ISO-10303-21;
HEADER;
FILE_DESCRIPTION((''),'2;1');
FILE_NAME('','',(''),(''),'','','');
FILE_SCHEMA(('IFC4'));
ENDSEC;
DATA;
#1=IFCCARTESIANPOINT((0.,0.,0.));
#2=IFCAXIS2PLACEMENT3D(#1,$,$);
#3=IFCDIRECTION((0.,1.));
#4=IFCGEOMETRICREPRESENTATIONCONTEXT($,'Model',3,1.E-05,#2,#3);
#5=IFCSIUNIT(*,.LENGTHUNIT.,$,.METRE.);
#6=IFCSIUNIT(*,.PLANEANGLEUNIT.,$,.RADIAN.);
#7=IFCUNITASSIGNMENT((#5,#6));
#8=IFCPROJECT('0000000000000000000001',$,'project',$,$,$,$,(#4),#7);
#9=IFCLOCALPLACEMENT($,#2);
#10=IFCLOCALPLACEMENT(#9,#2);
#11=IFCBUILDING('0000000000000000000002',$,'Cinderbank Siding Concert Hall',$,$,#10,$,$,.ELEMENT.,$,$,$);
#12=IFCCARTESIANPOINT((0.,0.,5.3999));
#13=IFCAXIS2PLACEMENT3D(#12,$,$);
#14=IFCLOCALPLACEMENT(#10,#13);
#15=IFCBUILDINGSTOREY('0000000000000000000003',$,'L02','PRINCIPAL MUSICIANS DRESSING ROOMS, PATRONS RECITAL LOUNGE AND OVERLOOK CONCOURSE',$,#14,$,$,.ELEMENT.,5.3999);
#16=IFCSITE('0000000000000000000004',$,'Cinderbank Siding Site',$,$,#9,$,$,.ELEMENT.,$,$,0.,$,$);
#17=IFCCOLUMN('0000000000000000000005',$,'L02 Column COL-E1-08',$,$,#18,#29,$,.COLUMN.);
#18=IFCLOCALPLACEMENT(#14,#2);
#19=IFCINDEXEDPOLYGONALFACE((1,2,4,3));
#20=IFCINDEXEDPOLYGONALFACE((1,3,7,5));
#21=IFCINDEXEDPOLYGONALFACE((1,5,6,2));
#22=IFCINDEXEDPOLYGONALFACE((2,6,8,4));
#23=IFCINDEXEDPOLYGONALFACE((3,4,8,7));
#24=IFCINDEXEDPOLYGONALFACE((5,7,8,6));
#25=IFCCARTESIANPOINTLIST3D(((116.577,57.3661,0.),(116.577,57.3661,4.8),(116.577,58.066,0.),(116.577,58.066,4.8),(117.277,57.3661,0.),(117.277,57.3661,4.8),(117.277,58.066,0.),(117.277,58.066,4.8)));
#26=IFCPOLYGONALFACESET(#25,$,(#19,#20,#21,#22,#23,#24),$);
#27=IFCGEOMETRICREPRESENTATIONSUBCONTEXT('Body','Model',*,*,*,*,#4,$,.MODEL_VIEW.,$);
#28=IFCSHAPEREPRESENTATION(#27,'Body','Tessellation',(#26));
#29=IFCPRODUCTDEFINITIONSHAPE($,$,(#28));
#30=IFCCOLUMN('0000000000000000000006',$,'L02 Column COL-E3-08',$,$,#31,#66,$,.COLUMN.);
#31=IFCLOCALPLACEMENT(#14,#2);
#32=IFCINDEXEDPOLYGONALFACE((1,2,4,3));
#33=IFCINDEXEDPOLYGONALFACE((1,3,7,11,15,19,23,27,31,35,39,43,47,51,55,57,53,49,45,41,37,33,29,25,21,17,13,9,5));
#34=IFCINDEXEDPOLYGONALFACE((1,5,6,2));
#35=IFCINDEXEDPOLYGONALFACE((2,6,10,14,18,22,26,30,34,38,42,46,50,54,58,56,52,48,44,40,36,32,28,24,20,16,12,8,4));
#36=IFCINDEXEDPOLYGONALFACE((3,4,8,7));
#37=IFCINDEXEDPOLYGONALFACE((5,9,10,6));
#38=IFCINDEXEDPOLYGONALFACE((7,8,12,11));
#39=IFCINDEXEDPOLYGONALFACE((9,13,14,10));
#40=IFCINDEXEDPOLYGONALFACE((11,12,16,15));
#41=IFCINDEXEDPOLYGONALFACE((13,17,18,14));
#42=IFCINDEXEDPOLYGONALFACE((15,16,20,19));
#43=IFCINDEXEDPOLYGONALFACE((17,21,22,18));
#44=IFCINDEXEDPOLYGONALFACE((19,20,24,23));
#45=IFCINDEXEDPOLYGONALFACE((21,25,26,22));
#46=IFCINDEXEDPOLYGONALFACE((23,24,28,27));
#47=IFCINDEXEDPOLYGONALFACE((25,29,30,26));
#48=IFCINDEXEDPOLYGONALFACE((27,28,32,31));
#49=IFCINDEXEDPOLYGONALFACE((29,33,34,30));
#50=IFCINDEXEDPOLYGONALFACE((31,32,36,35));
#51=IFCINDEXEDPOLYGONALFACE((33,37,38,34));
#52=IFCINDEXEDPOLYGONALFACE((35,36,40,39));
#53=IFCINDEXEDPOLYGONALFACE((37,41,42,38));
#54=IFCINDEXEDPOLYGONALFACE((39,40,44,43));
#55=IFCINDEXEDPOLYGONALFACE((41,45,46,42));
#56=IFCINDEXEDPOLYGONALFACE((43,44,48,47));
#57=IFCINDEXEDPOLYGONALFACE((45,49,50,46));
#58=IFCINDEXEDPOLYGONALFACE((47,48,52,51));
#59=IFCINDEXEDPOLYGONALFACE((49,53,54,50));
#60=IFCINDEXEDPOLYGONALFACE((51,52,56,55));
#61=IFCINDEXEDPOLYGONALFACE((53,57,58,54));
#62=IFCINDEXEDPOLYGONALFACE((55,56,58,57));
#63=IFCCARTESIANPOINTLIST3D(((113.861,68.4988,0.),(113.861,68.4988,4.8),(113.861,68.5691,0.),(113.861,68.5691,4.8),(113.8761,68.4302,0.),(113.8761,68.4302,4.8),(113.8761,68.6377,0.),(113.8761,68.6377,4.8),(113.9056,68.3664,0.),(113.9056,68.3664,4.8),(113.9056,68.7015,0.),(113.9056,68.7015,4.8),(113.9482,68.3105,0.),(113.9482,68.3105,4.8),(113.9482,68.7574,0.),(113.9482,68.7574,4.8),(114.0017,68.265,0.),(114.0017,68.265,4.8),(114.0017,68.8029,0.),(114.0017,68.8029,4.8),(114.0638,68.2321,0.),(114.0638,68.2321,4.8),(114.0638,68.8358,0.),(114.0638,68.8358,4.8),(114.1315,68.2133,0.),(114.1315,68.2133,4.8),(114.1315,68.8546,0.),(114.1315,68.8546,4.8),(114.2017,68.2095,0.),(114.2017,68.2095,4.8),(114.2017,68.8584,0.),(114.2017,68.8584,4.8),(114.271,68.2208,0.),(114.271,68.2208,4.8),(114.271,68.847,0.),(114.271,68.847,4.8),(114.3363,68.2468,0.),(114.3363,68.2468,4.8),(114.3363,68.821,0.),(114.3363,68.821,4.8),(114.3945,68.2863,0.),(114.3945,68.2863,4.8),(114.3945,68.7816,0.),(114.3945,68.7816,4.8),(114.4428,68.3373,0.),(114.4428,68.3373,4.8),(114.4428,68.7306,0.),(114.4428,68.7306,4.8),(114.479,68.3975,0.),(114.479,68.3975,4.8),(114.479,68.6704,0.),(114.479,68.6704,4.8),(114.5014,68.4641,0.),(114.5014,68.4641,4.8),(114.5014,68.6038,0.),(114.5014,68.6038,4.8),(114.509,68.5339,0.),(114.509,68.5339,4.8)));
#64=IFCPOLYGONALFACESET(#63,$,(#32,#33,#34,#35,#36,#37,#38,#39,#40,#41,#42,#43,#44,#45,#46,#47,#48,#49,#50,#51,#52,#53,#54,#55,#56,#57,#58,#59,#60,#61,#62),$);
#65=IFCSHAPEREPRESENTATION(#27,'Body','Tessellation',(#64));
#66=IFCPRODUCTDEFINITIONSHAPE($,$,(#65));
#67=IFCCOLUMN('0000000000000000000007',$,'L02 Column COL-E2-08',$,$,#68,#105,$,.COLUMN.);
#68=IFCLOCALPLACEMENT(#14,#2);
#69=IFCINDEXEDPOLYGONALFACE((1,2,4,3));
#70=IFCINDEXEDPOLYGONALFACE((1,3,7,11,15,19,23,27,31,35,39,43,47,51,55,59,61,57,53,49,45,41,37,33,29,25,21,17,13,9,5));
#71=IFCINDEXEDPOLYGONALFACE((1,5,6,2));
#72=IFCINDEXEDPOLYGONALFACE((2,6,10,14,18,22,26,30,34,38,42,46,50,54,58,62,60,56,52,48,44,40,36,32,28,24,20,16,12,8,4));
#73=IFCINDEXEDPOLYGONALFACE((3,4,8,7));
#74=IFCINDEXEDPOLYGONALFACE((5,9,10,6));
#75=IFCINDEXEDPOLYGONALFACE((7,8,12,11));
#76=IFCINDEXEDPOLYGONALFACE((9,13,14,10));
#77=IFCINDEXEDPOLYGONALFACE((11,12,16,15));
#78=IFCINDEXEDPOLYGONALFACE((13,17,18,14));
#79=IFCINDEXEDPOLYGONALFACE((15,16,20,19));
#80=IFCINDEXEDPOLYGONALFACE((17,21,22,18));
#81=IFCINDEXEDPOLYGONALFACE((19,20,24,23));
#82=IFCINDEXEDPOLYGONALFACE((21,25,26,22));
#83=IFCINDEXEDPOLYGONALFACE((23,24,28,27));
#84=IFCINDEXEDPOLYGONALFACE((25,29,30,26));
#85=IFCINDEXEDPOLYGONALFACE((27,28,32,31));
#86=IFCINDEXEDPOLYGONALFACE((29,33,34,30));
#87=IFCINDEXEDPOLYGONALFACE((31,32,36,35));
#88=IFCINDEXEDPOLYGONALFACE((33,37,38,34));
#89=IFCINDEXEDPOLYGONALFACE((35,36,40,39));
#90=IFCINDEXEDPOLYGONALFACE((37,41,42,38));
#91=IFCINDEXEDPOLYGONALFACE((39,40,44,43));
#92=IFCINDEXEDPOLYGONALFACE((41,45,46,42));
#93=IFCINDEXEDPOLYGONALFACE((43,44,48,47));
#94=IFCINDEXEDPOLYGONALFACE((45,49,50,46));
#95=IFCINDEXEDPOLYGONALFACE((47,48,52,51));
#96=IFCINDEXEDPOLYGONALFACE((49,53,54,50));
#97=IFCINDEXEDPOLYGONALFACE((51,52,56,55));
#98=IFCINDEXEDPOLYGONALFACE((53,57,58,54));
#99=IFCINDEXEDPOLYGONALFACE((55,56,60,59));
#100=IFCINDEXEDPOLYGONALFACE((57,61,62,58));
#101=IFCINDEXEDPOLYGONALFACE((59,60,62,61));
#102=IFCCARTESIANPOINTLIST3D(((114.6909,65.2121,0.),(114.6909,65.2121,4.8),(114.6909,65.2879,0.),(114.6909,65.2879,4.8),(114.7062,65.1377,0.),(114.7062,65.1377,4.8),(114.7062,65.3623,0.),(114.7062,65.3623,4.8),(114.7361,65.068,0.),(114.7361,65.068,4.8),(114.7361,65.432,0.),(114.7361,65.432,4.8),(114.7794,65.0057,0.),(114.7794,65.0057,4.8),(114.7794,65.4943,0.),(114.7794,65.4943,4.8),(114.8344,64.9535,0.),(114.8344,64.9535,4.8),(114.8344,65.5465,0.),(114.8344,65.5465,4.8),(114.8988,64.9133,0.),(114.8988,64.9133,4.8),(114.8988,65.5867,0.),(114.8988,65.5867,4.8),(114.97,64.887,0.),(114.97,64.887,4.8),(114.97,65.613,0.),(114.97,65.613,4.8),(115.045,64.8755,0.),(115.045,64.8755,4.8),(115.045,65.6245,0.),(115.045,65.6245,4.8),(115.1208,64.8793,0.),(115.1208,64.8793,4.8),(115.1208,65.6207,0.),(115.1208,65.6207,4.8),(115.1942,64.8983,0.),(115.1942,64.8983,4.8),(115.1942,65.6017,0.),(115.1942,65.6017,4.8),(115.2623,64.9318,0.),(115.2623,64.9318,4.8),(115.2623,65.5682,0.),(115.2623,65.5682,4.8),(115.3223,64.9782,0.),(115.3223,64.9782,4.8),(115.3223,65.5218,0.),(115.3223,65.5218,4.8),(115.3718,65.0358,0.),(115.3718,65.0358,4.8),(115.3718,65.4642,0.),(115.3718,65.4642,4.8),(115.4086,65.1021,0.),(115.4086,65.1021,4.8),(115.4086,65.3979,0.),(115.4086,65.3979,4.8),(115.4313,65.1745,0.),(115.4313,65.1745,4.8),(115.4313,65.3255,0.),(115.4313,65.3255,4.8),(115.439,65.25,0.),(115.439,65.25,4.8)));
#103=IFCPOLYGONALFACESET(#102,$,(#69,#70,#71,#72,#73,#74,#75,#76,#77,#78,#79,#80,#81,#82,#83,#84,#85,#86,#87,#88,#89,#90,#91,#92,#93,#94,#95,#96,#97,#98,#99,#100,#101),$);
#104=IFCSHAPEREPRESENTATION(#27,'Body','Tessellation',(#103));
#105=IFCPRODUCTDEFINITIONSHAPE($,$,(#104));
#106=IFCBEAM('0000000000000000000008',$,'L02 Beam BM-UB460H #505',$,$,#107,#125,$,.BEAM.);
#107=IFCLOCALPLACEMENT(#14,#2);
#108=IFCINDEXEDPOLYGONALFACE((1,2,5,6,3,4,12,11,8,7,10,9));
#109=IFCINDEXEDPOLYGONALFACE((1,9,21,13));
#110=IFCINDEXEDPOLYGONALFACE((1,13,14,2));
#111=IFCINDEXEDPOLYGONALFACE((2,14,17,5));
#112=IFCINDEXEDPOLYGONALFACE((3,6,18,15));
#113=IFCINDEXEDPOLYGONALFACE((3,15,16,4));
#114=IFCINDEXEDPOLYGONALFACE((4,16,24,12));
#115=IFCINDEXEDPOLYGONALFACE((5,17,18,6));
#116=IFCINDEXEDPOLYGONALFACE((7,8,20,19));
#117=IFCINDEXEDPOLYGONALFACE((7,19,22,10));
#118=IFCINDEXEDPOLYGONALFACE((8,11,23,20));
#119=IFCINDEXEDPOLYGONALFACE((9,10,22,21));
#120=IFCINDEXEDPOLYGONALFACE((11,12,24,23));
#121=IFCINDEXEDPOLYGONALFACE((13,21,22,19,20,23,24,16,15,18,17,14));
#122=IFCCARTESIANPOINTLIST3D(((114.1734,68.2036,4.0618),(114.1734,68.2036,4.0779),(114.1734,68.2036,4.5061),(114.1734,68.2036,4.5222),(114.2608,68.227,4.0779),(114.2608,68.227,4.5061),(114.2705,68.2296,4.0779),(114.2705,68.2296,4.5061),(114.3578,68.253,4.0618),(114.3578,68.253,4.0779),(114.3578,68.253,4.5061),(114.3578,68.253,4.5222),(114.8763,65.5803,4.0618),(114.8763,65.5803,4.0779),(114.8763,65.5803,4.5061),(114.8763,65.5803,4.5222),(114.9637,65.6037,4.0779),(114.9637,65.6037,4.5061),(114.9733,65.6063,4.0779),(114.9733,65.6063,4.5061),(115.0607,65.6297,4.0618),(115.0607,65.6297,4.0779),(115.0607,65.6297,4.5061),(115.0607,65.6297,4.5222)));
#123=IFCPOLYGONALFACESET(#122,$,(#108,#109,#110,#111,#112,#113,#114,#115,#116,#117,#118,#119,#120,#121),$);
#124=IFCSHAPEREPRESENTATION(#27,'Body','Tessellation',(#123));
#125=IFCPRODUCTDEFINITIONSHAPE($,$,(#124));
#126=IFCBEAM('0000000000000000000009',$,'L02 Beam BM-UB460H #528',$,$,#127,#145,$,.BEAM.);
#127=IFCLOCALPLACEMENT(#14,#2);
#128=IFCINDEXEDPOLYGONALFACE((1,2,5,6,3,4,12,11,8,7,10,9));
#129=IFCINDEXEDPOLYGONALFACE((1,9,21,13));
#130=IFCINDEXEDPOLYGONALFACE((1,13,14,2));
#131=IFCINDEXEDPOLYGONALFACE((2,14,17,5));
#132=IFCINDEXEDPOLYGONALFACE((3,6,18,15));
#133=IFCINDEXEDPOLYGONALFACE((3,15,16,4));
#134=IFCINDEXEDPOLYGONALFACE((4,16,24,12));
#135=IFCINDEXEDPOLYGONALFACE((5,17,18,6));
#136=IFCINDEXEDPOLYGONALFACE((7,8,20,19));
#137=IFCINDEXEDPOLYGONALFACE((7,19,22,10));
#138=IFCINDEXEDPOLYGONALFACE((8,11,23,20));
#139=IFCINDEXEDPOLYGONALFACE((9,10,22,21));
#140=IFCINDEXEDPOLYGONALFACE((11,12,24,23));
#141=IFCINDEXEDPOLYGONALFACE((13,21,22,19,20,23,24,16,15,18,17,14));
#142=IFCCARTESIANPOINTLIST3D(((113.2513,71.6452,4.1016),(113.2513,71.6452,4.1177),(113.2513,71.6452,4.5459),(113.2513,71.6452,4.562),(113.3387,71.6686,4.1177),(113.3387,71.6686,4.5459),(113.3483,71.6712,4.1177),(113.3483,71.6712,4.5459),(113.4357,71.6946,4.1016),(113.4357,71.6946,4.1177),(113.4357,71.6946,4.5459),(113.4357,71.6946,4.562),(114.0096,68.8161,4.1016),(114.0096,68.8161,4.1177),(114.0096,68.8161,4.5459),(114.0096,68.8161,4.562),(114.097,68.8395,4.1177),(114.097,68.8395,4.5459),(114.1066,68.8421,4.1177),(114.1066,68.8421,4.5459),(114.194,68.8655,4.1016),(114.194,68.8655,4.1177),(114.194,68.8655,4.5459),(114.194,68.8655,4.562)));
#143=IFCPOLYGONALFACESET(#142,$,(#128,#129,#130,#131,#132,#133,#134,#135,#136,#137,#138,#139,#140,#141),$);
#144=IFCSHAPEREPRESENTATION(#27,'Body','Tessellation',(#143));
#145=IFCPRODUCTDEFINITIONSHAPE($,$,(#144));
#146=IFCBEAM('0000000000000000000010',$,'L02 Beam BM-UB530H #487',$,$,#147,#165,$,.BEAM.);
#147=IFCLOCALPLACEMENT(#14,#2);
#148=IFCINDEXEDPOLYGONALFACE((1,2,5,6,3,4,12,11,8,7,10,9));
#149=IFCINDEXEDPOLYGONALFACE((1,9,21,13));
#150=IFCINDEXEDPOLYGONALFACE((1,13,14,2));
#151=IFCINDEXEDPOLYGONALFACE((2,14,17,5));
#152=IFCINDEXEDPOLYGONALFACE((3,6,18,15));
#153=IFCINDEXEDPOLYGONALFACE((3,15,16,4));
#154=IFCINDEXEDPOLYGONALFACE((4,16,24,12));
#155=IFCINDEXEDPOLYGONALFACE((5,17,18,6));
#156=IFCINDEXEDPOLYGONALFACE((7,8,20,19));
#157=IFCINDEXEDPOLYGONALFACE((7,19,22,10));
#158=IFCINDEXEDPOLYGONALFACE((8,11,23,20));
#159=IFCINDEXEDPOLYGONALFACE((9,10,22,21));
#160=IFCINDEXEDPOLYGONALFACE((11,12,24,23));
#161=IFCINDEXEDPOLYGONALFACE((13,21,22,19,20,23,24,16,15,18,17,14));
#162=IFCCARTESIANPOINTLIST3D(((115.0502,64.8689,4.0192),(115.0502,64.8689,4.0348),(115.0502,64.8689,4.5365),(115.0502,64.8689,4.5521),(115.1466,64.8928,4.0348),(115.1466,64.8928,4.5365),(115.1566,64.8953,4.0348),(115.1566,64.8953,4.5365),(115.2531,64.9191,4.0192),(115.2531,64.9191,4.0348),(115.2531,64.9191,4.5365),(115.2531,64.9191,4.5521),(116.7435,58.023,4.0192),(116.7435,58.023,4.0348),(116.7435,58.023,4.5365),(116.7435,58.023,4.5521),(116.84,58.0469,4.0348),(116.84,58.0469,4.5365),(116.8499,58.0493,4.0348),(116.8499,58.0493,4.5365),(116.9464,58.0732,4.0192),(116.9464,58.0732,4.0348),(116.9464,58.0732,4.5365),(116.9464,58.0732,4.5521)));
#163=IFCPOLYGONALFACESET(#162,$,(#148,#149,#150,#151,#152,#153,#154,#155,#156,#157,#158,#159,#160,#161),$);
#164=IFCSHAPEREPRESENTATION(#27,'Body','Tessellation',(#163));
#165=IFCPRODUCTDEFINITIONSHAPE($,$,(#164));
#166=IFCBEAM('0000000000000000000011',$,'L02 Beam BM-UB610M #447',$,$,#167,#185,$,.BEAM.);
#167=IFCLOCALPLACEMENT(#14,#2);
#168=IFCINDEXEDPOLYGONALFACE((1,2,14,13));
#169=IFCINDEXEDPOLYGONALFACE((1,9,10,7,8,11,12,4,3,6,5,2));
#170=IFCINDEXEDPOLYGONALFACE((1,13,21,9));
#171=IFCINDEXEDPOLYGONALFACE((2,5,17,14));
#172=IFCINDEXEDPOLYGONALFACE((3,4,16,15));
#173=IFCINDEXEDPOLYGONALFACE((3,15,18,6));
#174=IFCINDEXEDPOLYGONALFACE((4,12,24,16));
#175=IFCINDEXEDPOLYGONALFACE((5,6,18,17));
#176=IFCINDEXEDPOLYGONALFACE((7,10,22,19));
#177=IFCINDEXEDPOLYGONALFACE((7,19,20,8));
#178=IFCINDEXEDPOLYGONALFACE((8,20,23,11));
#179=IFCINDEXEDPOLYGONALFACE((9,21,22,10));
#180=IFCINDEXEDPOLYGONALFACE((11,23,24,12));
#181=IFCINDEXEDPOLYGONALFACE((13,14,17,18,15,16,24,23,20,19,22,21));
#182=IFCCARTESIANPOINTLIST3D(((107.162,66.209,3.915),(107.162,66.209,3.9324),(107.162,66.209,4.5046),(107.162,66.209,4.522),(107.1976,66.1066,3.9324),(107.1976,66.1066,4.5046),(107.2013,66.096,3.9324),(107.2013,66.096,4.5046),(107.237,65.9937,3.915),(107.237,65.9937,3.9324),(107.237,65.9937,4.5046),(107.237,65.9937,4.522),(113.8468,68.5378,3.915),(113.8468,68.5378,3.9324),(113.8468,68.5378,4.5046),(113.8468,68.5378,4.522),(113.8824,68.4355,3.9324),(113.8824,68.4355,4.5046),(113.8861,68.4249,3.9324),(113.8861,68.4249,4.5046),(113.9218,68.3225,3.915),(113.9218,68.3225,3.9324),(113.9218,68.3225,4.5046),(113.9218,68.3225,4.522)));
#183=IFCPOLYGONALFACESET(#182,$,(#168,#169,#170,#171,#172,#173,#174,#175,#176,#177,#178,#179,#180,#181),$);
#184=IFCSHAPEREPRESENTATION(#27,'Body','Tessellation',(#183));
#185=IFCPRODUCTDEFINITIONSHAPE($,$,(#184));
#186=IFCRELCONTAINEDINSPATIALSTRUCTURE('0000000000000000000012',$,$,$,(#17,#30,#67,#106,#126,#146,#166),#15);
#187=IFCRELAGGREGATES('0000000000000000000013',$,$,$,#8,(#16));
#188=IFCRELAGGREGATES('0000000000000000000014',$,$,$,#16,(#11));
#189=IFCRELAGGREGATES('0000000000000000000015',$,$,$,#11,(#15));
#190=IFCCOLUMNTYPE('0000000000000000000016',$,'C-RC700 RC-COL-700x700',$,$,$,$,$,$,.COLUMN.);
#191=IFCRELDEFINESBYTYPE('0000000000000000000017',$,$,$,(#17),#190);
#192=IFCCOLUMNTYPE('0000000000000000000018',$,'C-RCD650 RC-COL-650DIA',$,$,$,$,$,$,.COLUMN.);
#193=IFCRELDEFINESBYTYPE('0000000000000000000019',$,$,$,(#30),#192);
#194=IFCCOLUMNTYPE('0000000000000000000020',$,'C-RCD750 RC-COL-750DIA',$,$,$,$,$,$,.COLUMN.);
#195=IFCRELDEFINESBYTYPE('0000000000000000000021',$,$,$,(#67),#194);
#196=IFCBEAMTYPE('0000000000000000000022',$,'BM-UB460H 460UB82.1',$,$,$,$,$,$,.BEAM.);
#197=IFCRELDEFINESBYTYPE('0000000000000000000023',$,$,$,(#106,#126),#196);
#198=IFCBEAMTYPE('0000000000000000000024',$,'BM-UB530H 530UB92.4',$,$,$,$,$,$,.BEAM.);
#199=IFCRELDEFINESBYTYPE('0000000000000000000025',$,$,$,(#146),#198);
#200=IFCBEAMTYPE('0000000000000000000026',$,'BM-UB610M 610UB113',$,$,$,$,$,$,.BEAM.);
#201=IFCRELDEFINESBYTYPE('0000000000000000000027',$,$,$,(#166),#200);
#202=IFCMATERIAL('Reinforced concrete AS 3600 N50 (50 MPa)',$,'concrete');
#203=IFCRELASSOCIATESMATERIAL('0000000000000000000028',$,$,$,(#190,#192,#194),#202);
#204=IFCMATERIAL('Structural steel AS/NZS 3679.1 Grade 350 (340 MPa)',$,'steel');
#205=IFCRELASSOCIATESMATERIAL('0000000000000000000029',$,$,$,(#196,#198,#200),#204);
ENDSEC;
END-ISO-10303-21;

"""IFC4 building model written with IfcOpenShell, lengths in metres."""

from ifc_helpers import new_model, si_unit, direction, frame, origin, origin_2d, place, context, subcontext, project, spatial, rectangle, circle, i_section, extrude, material, material_profile, profile_set, type_object, element, save


model = new_model("IFC4")

# Units and contexts
model_context = context("Model", 3, precision=1e-05, world=origin(), true_north=direction((0.0, 1.0)))
body_context = subcontext(model_context, "Body", "Model", "MODEL_VIEW")
ifc_project = project(units=[si_unit("LENGTHUNIT", "METRE"), si_unit("PLANEANGLEUNIT", "RADIAN")], contexts=[model_context])

# Site, building, storey
site_placement = place(None, origin())
site = spatial("IfcSite", under=ifc_project, at=site_placement, Name="Cinderbank Siding Site", CompositionType="ELEMENT", RefElevation=0.0)
building_placement = place(site_placement, origin())
building = spatial("IfcBuilding", under=site, at=building_placement, Name="Cinderbank Siding Concert Hall", CompositionType="ELEMENT")
storey_placement = place(building_placement, frame((0.0, 0.0, 5.3999)))
storey = spatial("IfcBuildingStorey", under=building, at=storey_placement, Name="L02", Description="PRINCIPAL MUSICIANS DRESSING ROOMS, PATRONS RECITAL LOUNGE AND OVERLOOK CONCOURSE", CompositionType="ELEMENT", Elevation=5.3999)

# Columns
ifc_material_1 = material(Name="Reinforced concrete AS 3600 N50 (50 MPa)", Category="concrete")
ifc_material_profile_1 = material_profile(ifc_material_1, rectangle(XDim=0.7, YDim=0.7, at=origin_2d()), Name="RC-COL-700x700", Category="LoadBearing")
ifc_profile_set_1 = profile_set([ifc_material_profile_1], Name="Reinforced concrete AS 3600 N50 (50 MPa)")
column_type_1 = type_object("IfcColumnType", Name="C-RC700 RC-COL-700x700", PredefinedType="COLUMN", material=ifc_profile_set_1)
column_1_placement = place(storey_placement, frame((116.927, 57.7161, 0.0), z_axis=(0.0, 0.0, 1.0), x_axis=(1.0, 0.0, 0.0)))
element("IfcColumn", 1, at=column_1_placement, inside=storey, type_object=column_type_1, Name="L02 Column COL-E1-08", PredefinedType="COLUMN", context=body_context, shape_type="SweptSolid", body=[
    extrude(rectangle(XDim=0.7, YDim=0.7, at=origin_2d()), origin(), (0.0, 0.0, 1.0), 4.8),
])
ifc_material_profile_2 = material_profile(ifc_material_1, circle(Radius=0.325, at=origin_2d()), Name="RC-COL-650DIA", Category="LoadBearing")
ifc_profile_set_2 = profile_set([ifc_material_profile_2], Name="Reinforced concrete AS 3600 N50 (50 MPa)")
column_type_2 = type_object("IfcColumnType", Name="C-RCD650 RC-COL-650DIA", PredefinedType="COLUMN", material=ifc_profile_set_2)
column_2_placement = place(storey_placement, frame((114.1841, 68.5339, 0.0), z_axis=(0.0, 0.0, 1.0), x_axis=(1.0, 0.0, 0.0)))
element("IfcColumn", 2, at=column_2_placement, inside=storey, type_object=column_type_2, Name="L02 Column COL-E3-08", PredefinedType="COLUMN", context=body_context, shape_type="SweptSolid", body=[
    extrude(circle(Radius=0.325, at=origin_2d()), origin(), (0.0, 0.0, 1.0), 4.8),
])
ifc_material_profile_3 = material_profile(ifc_material_1, circle(Radius=0.375, at=origin_2d()), Name="RC-COL-750DIA", Category="LoadBearing")
ifc_profile_set_3 = profile_set([ifc_material_profile_3], Name="Reinforced concrete AS 3600 N50 (50 MPa)")
column_type_3 = type_object("IfcColumnType", Name="C-RCD750 RC-COL-750DIA", PredefinedType="COLUMN", material=ifc_profile_set_3)
column_3_placement = place(storey_placement, frame((115.064, 65.25, 0.0), z_axis=(0.0, 0.0, 1.0), x_axis=(1.0, 0.0, 0.0)))
element("IfcColumn", 3, at=column_3_placement, inside=storey, type_object=column_type_3, Name="L02 Column COL-E2-08", PredefinedType="COLUMN", context=body_context, shape_type="SweptSolid", body=[
    extrude(circle(Radius=0.375, at=origin_2d()), origin(), (0.0, 0.0, 1.0), 4.8),
])

# Beams
ifc_material_2 = material(Name="Structural steel AS/NZS 3679.1 Grade 350 (340 MPa)", Category="steel")
ifc_material_profile_4 = material_profile(ifc_material_2, i_section(OverallWidth=0.1909, OverallDepth=0.4604, WebThickness=0.01, FlangeThickness=0.0161, at=origin_2d()), Name="460UB82.1", Category="LoadBearing")
ifc_profile_set_4 = profile_set([ifc_material_profile_4], Name="Structural steel AS/NZS 3679.1 Grade 350 (340 MPa)")
beam_type_1 = type_object("IfcBeamType", Name="BM-UB460H 460UB82.1", PredefinedType="BEAM", material=ifc_profile_set_4)
beam_1_placement = place(storey_placement, frame((114.9685, 65.605, 4.292), z_axis=(-0.258809, 0.965928, 0.0), x_axis=(-0.965928, -0.258809, 0.0)))
element("IfcBeam", 4, at=beam_1_placement, inside=storey, type_object=beam_type_1, Name="L02 Beam BM-UB460H #505", PredefinedType="BEAM", context=body_context, shape_type="SweptSolid", body=[
    extrude(i_section(OverallWidth=0.1909, OverallDepth=0.4604, WebThickness=0.01, FlangeThickness=0.0161, at=origin_2d()), origin(), (0.0, 0.0, 1.0), 2.7158),
])
beam_2_placement = place(storey_placement, frame((114.1018, 68.8408, 4.3318), z_axis=(-0.258897, 0.965905, 0.0), x_axis=(-0.965905, -0.258897, 0.0)))
element("IfcBeam", 5, at=beam_2_placement, inside=storey, type_object=beam_type_1, Name="L02 Beam BM-UB460H #528", PredefinedType="BEAM", context=body_context, shape_type="SweptSolid", body=[
    extrude(i_section(OverallWidth=0.1909, OverallDepth=0.4604, WebThickness=0.01, FlangeThickness=0.0161, at=origin_2d()), origin(), (0.0, 0.0, 1.0), 2.929),
])
ifc_material_profile_5 = material_profile(ifc_material_2, i_section(OverallWidth=0.209, OverallDepth=0.533, WebThickness=0.0103, FlangeThickness=0.0156, at=origin_2d()), Name="530UB92.4", Category="LoadBearing")
ifc_profile_set_5 = profile_set([ifc_material_profile_5], Name="Structural steel AS/NZS 3679.1 Grade 350 (340 MPa)")
beam_type_2 = type_object("IfcBeamType", Name="BM-UB530H 530UB92.4", PredefinedType="BEAM", material=ifc_profile_set_5)
beam_3_placement = place(storey_placement, frame((116.845, 58.0481, 4.2856), z_axis=(-0.240116, 0.970744, 0.0), x_axis=(-0.970744, -0.240116, 0.0)))
element("IfcBeam", 6, at=beam_3_placement, inside=storey, type_object=beam_type_2, Name="L02 Beam BM-UB530H #487", PredefinedType="BEAM", context=body_context, shape_type="SweptSolid", body=[
    extrude(i_section(OverallWidth=0.209, OverallDepth=0.533, WebThickness=0.0103, FlangeThickness=0.0156, at=origin_2d()), origin(), (0.0, 0.0, 1.0), 7.0522),
])
ifc_material_profile_6 = material_profile(ifc_material_2, i_section(OverallWidth=0.228, OverallDepth=0.6069, WebThickness=0.0112, FlangeThickness=0.0173, at=origin_2d()), Name="610UB113", Category="LoadBearing")
ifc_profile_set_6 = profile_set([ifc_material_profile_6], Name="Structural steel AS/NZS 3679.1 Grade 350 (340 MPa)")
beam_type_3 = type_object("IfcBeamType", Name="BM-UB610M 610UB113", PredefinedType="BEAM", material=ifc_profile_set_6)
beam_4_placement = place(storey_placement, frame((113.8843, 68.4302, 4.2185), z_axis=(-0.944334, -0.328987, 0.0), x_axis=(0.328987, -0.944334, 0.0)))
element("IfcBeam", 7, at=beam_4_placement, inside=storey, type_object=beam_type_3, Name="L02 Beam BM-UB610M #447", PredefinedType="BEAM", context=body_context, shape_type="SweptSolid", body=[
    extrude(i_section(OverallWidth=0.228, OverallDepth=0.6069, WebThickness=0.0112, FlangeThickness=0.0173, at=origin_2d()), origin(), (0.0, 0.0, 1.0), 7.0789),
])

save(model, "model.ifc")
